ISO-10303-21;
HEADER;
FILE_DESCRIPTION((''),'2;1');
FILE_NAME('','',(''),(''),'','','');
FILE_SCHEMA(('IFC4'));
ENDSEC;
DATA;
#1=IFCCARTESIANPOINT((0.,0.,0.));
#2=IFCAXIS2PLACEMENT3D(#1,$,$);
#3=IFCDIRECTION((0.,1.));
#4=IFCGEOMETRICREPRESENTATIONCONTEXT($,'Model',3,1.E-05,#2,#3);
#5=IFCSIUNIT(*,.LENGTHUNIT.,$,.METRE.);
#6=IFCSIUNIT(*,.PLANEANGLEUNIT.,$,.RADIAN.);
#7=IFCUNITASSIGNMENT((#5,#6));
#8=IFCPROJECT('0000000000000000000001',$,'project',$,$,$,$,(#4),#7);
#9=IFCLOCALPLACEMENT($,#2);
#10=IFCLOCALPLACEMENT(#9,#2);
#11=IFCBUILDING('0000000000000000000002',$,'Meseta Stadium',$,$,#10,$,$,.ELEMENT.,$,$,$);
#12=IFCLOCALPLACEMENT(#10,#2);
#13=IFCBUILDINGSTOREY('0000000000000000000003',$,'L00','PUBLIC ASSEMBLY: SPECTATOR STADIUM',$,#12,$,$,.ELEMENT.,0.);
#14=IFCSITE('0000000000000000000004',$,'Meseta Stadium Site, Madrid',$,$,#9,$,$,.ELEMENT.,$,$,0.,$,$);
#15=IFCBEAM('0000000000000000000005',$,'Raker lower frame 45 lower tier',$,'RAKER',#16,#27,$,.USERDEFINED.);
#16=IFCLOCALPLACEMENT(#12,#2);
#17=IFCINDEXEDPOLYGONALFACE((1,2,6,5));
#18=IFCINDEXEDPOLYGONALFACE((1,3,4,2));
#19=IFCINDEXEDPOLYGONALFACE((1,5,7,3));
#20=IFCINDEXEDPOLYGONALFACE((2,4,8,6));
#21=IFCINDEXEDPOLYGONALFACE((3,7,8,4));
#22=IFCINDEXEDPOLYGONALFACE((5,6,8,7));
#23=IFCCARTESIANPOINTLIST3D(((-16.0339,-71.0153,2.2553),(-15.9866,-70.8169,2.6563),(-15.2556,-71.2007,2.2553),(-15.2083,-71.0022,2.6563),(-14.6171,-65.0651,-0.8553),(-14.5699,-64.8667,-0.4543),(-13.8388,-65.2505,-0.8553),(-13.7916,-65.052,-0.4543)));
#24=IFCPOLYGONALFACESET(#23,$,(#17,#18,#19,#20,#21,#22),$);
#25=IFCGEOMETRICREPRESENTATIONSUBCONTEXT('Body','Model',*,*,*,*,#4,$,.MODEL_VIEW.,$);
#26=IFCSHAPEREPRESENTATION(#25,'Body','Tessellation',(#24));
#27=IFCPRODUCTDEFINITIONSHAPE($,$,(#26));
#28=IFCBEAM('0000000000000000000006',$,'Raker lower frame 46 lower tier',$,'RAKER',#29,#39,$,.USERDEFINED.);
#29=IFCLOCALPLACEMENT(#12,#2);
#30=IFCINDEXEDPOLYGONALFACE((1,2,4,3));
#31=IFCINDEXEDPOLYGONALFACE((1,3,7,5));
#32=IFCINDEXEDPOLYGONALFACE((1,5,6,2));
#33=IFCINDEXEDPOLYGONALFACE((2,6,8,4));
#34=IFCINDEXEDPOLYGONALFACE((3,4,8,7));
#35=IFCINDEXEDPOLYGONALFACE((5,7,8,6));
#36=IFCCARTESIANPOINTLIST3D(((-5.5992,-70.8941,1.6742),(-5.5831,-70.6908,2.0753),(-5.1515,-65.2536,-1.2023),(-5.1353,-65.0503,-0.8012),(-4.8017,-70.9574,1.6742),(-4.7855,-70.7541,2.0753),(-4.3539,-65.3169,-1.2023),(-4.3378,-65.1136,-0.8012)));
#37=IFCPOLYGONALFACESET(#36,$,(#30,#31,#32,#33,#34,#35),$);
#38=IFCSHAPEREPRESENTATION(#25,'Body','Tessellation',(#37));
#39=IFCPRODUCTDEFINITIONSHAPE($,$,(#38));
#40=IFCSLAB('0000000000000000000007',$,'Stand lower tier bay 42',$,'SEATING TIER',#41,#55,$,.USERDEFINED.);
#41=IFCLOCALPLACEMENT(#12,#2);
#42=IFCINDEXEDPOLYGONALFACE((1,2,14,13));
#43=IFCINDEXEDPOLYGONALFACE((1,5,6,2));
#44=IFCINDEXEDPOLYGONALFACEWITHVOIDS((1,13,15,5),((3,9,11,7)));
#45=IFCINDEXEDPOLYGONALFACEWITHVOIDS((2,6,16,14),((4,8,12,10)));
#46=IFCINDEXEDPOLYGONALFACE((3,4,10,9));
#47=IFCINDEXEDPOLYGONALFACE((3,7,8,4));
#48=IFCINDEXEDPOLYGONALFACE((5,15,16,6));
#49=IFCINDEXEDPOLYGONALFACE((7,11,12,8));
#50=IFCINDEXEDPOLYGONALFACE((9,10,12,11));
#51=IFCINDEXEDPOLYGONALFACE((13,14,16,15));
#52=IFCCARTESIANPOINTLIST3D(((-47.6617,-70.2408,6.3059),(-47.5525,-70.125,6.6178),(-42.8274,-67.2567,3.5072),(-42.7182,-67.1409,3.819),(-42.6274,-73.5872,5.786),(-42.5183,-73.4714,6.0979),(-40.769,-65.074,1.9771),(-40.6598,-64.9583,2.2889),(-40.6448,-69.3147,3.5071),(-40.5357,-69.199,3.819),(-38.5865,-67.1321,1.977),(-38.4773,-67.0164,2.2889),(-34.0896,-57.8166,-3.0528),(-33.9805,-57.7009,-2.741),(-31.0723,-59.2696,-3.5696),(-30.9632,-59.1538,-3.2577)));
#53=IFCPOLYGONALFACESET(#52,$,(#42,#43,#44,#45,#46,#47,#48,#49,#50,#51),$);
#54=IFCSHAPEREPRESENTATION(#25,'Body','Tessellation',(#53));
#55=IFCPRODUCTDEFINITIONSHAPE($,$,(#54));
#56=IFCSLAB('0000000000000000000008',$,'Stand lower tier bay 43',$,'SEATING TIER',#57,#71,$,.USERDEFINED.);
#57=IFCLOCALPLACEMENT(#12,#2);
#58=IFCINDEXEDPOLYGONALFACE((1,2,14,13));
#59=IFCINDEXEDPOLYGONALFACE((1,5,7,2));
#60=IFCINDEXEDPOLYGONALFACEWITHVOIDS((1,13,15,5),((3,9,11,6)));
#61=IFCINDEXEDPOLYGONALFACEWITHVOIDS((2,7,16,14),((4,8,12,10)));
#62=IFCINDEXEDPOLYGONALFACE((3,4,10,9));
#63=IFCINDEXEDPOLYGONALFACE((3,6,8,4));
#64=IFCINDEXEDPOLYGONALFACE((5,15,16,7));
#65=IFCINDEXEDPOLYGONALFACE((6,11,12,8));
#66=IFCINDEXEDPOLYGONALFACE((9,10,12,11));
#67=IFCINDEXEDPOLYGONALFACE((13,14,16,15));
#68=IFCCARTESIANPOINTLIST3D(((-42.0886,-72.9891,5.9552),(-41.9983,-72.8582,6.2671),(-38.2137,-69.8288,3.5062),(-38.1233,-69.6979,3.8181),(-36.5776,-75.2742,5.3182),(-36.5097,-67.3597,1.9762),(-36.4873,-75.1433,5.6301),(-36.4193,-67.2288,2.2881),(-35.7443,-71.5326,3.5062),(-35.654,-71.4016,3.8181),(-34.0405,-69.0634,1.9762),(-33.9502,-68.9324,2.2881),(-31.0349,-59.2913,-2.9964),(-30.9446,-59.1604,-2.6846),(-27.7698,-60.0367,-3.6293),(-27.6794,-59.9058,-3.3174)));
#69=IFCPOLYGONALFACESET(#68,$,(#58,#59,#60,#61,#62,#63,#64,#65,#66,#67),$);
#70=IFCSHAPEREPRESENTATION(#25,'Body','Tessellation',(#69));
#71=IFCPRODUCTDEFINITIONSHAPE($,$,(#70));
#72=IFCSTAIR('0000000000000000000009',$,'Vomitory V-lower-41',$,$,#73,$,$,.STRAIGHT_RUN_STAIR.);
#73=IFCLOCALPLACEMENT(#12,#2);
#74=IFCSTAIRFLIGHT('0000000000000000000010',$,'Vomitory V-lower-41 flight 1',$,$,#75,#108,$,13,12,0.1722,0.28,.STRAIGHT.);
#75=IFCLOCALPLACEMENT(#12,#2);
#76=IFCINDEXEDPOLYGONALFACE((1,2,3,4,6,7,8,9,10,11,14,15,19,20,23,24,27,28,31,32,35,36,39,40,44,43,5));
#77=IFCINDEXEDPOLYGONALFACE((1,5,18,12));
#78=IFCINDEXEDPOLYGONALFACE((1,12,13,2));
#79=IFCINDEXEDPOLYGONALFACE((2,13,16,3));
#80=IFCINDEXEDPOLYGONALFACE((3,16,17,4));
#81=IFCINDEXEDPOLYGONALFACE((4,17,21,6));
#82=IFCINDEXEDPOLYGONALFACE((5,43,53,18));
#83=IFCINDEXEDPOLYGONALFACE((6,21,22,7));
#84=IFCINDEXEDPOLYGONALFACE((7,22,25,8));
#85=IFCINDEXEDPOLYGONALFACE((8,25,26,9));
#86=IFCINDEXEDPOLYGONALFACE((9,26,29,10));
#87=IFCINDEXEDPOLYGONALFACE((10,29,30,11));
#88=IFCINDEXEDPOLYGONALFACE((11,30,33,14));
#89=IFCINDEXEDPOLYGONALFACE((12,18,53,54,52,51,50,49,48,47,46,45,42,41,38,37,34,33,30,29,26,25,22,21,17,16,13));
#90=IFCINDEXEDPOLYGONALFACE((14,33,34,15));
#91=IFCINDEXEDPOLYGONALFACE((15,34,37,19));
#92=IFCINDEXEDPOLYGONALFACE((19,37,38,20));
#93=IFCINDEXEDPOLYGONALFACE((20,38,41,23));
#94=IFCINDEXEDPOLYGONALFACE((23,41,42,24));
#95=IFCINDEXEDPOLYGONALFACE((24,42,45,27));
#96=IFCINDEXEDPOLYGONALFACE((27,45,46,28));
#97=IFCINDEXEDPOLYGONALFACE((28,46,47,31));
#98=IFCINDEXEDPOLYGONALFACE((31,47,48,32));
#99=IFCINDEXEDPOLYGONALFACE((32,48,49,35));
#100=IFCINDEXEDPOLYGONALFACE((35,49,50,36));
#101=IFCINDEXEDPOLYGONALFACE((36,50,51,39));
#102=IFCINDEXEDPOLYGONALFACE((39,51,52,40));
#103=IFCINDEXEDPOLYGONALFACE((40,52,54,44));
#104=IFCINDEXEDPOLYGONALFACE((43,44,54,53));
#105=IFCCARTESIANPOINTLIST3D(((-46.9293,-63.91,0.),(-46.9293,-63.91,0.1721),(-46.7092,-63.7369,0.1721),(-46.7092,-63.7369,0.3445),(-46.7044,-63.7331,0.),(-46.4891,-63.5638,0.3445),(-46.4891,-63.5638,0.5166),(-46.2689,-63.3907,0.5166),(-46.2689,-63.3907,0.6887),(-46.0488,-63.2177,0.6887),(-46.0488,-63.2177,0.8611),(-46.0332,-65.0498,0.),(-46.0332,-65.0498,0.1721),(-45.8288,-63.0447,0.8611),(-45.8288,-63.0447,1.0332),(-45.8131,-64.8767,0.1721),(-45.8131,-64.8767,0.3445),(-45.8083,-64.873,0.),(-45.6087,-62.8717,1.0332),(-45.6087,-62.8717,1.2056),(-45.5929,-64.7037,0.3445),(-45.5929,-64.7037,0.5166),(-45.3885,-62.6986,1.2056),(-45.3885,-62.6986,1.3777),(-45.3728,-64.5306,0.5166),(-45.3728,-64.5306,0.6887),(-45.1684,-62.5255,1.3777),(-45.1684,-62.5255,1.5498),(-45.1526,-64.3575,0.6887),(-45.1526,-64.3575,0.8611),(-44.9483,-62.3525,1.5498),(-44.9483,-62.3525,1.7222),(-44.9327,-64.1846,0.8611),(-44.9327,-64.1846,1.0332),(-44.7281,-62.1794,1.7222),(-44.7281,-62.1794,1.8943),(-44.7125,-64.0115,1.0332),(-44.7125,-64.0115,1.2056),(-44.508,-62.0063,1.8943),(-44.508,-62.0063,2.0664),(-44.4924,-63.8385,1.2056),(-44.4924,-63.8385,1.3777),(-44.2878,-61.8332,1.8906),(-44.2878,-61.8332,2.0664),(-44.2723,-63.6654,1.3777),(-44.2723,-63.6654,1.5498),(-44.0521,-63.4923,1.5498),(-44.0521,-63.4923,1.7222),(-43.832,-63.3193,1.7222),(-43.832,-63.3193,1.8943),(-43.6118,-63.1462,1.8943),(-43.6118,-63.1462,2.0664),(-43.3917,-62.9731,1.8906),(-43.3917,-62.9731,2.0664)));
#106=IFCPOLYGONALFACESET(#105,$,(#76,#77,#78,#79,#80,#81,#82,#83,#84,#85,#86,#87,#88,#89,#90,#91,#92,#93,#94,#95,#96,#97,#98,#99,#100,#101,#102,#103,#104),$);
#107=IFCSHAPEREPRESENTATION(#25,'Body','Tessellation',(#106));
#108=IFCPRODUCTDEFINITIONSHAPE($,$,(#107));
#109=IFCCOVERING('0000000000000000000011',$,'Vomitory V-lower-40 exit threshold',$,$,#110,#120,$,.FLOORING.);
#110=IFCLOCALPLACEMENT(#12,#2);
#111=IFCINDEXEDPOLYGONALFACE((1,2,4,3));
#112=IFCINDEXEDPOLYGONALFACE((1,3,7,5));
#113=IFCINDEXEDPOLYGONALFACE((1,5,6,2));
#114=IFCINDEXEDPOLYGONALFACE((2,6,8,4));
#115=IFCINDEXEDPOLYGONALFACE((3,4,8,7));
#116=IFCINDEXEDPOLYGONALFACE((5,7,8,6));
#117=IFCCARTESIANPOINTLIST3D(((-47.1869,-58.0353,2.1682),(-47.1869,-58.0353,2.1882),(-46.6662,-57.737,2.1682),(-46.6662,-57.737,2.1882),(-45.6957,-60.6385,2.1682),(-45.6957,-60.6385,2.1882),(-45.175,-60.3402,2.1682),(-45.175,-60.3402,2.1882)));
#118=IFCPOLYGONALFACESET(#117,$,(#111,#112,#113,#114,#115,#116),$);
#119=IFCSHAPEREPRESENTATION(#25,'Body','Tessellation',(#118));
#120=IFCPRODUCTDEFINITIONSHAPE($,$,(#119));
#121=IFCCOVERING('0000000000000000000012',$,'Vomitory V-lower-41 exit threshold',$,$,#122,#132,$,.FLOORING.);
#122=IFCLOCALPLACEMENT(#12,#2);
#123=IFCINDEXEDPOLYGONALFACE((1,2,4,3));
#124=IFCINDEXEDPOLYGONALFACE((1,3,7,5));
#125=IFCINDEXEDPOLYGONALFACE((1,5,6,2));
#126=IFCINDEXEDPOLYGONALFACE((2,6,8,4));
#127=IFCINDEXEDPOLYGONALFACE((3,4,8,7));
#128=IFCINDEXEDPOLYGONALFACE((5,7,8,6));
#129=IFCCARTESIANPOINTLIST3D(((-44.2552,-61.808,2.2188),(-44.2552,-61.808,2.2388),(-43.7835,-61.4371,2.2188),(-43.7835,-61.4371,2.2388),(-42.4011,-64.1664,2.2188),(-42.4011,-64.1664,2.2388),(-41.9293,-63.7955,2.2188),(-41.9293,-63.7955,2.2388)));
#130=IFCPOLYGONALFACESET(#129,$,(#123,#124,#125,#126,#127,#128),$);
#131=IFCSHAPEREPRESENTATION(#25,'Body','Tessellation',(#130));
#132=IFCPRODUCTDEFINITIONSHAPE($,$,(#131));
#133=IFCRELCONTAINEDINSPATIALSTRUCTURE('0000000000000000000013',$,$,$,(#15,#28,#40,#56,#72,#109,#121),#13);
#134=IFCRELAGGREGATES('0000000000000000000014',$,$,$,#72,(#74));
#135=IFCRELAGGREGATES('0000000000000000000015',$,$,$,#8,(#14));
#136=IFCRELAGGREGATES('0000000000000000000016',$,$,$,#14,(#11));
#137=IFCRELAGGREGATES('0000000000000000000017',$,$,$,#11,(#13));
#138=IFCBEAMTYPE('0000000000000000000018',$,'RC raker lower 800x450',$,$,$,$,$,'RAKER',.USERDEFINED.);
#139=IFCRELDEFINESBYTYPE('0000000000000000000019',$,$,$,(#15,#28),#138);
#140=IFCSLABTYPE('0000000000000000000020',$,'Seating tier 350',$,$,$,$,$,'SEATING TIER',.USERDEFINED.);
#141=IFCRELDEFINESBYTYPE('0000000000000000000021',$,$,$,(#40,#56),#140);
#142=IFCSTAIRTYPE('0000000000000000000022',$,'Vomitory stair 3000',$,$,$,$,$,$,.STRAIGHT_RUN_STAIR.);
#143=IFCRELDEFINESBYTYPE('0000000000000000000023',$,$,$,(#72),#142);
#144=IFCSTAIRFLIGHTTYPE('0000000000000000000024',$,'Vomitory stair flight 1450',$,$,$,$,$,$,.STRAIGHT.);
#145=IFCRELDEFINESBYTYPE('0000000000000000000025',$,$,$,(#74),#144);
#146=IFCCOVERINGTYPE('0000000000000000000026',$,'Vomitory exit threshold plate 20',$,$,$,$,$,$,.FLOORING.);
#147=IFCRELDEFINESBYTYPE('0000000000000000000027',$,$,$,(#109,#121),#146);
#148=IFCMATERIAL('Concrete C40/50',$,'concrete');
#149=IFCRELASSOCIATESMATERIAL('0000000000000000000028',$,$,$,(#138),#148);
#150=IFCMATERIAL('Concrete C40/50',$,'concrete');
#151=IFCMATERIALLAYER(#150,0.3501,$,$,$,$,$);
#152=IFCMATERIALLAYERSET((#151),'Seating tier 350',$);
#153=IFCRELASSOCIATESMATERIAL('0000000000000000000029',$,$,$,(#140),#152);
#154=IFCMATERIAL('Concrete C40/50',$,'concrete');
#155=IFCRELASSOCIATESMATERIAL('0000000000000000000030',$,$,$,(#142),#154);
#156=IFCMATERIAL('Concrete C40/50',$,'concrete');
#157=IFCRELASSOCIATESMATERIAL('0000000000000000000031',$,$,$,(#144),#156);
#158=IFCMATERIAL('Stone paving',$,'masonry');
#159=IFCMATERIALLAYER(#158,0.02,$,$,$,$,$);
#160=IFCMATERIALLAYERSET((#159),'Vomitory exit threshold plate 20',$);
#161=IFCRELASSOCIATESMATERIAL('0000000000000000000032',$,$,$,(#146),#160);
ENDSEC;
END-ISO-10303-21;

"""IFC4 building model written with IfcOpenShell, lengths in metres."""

from ifc_helpers import new_model, si_unit, direction, frame, origin, origin_2d, place, context, subcontext, project, spatial, polyline, rectangle, outline, extrude, material, layer, layer_set, material_profile, profile_set, type_object, element, aggregate, save


model = new_model("IFC4")

# Units and contexts
model_context = context("Model", 3, precision=1e-05, world=origin(), true_north=direction((0.0, 1.0)))
body_context = subcontext(model_context, "Body", "Model", "MODEL_VIEW")
ifc_project = project(units=[si_unit("LENGTHUNIT", "METRE"), si_unit("PLANEANGLEUNIT", "RADIAN")], contexts=[model_context])

# Site, building, storey
site_placement = place(None, origin())
site = spatial("IfcSite", under=ifc_project, at=site_placement, Name="Meseta Stadium Site, Madrid", CompositionType="ELEMENT", RefElevation=0.0)
building_placement = place(site_placement, origin())
building = spatial("IfcBuilding", under=site, at=building_placement, Name="Meseta Stadium", CompositionType="ELEMENT")
storey_placement = place(building_placement, origin())
storey = spatial("IfcBuildingStorey", under=building, at=storey_placement, Name="L00", Description="PUBLIC ASSEMBLY: SPECTATOR STADIUM", CompositionType="ELEMENT", Elevation=0.0)

# Beams
ifc_material_1 = material(Name="Concrete C40/50", Category="concrete")
ifc_material_profile_1 = material_profile(ifc_material_1, rectangle(XDim=0.8, YDim=0.45, at=origin_2d()), Name="RC 800x450")
ifc_profile_set_1 = profile_set([ifc_material_profile_1], Name="Concrete C40/50")
beam_type_1 = type_object("IfcBeamType", Name="RC raker lower 800x450", ElementType="RAKER", PredefinedType="USERDEFINED", material=ifc_profile_set_1)
beam_1_placement = place(storey_placement, frame((-14.2043, -65.0586, -0.6548), z_axis=(-0.206461, -0.867116, 0.453304), x_axis=(0.972805, -0.231626, 0.0)))
element("IfcBeam", 1, at=beam_1_placement, inside=storey, type_object=beam_type_1, Name="Raker lower frame 45 lower tier", ObjectType="RAKER", PredefinedType="USERDEFINED", context=body_context, shape_type="SweptSolid", body=[
    extrude(rectangle(XDim=0.8, YDim=0.45, at=origin_2d()), origin(), (0.0, 0.0, 1.0), 6.8621),
])
beam_2_placement = place(storey_placement, frame((-4.7446, -65.1836, -1.0017), z_axis=(-0.07054, -0.888633, 0.453163), x_axis=(0.996864, -0.079131, 0.0)))
element("IfcBeam", 2, at=beam_2_placement, inside=storey, type_object=beam_type_1, Name="Raker lower frame 46 lower tier", ObjectType="RAKER", PredefinedType="USERDEFINED", context=body_context, shape_type="SweptSolid", body=[
    extrude(rectangle(XDim=0.8, YDim=0.45, at=origin_2d()), origin(), (0.0, 0.0, 1.0), 6.3474),
])

# Slabs
ifc_material_2 = material(Name="Concrete C40/50", Category="concrete")
ifc_layer_1 = layer(ifc_material_2, 0.3501)
ifc_layer_set_1 = layer_set([ifc_layer_1], Name="Seating tier 350")
slab_type = type_object("IfcSlabType", Name="Seating tier 350", ElementType="SEATING TIER", PredefinedType="USERDEFINED", material=ifc_layer_set_1)
slab_1_placement = place(storey_placement, frame((-33.9805, -57.7009, -2.741), z_axis=(0.311714, 0.330528, 0.890834), x_axis=(-0.657456, -0.601847, 0.453357)))
element("IfcSlab", 3, at=slab_1_placement, inside=storey, type_object=slab_type, Name="Stand lower tier bay 42", ObjectType="SEATING TIER", PredefinedType="USERDEFINED", context=body_context, shape_type="SweptSolid", body=[
    extrude(outline(polyline([(0.0, 0.0), (20.6433, 0.0), (19.1118, 5.8708), (-1.3436, 3.1108), (0.0, 0.0)]), holes=[polyline([(11.0396, 0.8435), (14.4001, 1.0637), (14.2039, 4.0571), (10.8433, 3.8369), (11.0396, 0.8435)])]), origin(), (0.0, 0.0, -1.0), 0.3501),
])
slab_2_placement = place(storey_placement, frame((-30.9446, -59.1604, -2.6846), z_axis=(0.258022, 0.373953, 0.890833), x_axis=(-0.559766, -0.693662, 0.453316)))
element("IfcSlab", 4, at=slab_2_placement, inside=storey, type_object=slab_type, Name="Stand lower tier bay 43", ObjectType="SEATING TIER", PredefinedType="USERDEFINED", context=body_context, shape_type="SweptSolid", body=[
    extrude(outline(polyline([(0.0, 0.0), (19.747, 0.0), (17.9585, 5.7271), (-1.5975, 3.0108), (0.0, 0.0)]), holes=[polyline([(10.9155, 0.8069), (14.2756, 1.0315), (14.0752, 4.0249), (10.7151, 3.8), (10.9155, 0.8069)])]), origin(), (0.0, 0.0, -1.0), 0.3501),
])

# Stair, stair flight
ifc_material_3 = material(Name="Concrete C40/50", Category="concrete")
stair_type = type_object("IfcStairType", Name="Vomitory stair 3000", PredefinedType="STRAIGHT_RUN_STAIR", material=ifc_material_3)
stair_placement = place(storey_placement, origin())
stair = element("IfcStair", 5, at=stair_placement, inside=storey, type_object=stair_type, Name="Vomitory V-lower-41", PredefinedType="STRAIGHT_RUN_STAIR")
ifc_material_4 = material(Name="Concrete C40/50", Category="concrete")
stair_flight_type = type_object("IfcStairFlightType", Name="Vomitory stair flight 1450", PredefinedType="STRAIGHT", material=ifc_material_4)
stair_flight_placement = place(storey_placement, frame((-46.4812, -64.48, 0.0), z_axis=(0.0, 0.0, 1.0), x_axis=(0.786142, 0.618046, 0.0)))
stair_flight = element("IfcStairFlight", 6, at=stair_flight_placement, type_object=stair_flight_type, Name="Vomitory V-lower-41 flight 1", NumberOfRisers=13, NumberOfTreads=12, PredefinedType="STRAIGHT", RiserHeight=0.1722, TreadLength=0.28, context=body_context, shape_type="SweptSolid", body=[
    extrude(outline(polyline([(0.0, 0.0), (0.0, 0.1721), (0.28, 0.1721), (0.28, 0.3445), (0.5601, 0.3445), (0.5601, 0.5166), (0.8401, 0.5166), (0.8401, 0.6887), (1.1201, 0.6887), (1.1201, 0.8611), (1.3999, 0.8611), (1.3999, 1.0332), (1.6799, 1.0332), (1.6799, 1.2056), (1.96, 1.2056), (1.96, 1.3777), (2.24, 1.3777), (2.24, 1.5498), (2.52, 1.5498), (2.52, 1.7222), (2.8, 1.7222), (2.8, 1.8943), (3.0801, 1.8943), (3.0801, 2.0664), (3.3601, 2.0664), (3.3601, 1.8906), (0.2861, 0.0), (0.0, 0.0)])), frame((0.0, 0.7251, 0.0), z_axis=(0.0, -1.0, 0.0), x_axis=(1.0, 0.0, 0.0)), (0.0, 0.0, 1.0), 1.45),
])
aggregate(stair, [stair_flight])

# Coverings
ifc_material_5 = material(Name="Stone paving", Category="masonry")
ifc_layer_2 = layer(ifc_material_5, 0.02)
ifc_layer_set_2 = layer_set([ifc_layer_2], Name="Vomitory exit threshold plate 20")
covering_type = type_object("IfcCoveringType", Name="Vomitory exit threshold plate 20", PredefinedType="FLOORING", material=ifc_layer_set_2)
for number, where, z_axis, x_axis, name in (
    (7, (-46.1809, -59.1877, 2.1682), (0.0, 0.0, 1.0), (0.867712, 0.497068, 0.0), "Vomitory V-lower-40 exit threshold"),
    (8, (-43.0923, -62.8018, 2.2188), (0.0, 0.0, 1.0), (0.786142, 0.618046, 0.0), "Vomitory V-lower-41 exit threshold"),
):
    element("IfcCovering", number, at=place(storey_placement, frame(where, z_axis=z_axis, x_axis=x_axis)), inside=storey, type_object=covering_type, Name=name, PredefinedType="FLOORING", context=body_context, shape_type="SweptSolid", body=[
        extrude(rectangle(XDim=0.6001, YDim=3.0, at=origin_2d()), origin(), (0.0, 0.0, 1.0), 0.02),
    ])

save(model, "model.ifc")
